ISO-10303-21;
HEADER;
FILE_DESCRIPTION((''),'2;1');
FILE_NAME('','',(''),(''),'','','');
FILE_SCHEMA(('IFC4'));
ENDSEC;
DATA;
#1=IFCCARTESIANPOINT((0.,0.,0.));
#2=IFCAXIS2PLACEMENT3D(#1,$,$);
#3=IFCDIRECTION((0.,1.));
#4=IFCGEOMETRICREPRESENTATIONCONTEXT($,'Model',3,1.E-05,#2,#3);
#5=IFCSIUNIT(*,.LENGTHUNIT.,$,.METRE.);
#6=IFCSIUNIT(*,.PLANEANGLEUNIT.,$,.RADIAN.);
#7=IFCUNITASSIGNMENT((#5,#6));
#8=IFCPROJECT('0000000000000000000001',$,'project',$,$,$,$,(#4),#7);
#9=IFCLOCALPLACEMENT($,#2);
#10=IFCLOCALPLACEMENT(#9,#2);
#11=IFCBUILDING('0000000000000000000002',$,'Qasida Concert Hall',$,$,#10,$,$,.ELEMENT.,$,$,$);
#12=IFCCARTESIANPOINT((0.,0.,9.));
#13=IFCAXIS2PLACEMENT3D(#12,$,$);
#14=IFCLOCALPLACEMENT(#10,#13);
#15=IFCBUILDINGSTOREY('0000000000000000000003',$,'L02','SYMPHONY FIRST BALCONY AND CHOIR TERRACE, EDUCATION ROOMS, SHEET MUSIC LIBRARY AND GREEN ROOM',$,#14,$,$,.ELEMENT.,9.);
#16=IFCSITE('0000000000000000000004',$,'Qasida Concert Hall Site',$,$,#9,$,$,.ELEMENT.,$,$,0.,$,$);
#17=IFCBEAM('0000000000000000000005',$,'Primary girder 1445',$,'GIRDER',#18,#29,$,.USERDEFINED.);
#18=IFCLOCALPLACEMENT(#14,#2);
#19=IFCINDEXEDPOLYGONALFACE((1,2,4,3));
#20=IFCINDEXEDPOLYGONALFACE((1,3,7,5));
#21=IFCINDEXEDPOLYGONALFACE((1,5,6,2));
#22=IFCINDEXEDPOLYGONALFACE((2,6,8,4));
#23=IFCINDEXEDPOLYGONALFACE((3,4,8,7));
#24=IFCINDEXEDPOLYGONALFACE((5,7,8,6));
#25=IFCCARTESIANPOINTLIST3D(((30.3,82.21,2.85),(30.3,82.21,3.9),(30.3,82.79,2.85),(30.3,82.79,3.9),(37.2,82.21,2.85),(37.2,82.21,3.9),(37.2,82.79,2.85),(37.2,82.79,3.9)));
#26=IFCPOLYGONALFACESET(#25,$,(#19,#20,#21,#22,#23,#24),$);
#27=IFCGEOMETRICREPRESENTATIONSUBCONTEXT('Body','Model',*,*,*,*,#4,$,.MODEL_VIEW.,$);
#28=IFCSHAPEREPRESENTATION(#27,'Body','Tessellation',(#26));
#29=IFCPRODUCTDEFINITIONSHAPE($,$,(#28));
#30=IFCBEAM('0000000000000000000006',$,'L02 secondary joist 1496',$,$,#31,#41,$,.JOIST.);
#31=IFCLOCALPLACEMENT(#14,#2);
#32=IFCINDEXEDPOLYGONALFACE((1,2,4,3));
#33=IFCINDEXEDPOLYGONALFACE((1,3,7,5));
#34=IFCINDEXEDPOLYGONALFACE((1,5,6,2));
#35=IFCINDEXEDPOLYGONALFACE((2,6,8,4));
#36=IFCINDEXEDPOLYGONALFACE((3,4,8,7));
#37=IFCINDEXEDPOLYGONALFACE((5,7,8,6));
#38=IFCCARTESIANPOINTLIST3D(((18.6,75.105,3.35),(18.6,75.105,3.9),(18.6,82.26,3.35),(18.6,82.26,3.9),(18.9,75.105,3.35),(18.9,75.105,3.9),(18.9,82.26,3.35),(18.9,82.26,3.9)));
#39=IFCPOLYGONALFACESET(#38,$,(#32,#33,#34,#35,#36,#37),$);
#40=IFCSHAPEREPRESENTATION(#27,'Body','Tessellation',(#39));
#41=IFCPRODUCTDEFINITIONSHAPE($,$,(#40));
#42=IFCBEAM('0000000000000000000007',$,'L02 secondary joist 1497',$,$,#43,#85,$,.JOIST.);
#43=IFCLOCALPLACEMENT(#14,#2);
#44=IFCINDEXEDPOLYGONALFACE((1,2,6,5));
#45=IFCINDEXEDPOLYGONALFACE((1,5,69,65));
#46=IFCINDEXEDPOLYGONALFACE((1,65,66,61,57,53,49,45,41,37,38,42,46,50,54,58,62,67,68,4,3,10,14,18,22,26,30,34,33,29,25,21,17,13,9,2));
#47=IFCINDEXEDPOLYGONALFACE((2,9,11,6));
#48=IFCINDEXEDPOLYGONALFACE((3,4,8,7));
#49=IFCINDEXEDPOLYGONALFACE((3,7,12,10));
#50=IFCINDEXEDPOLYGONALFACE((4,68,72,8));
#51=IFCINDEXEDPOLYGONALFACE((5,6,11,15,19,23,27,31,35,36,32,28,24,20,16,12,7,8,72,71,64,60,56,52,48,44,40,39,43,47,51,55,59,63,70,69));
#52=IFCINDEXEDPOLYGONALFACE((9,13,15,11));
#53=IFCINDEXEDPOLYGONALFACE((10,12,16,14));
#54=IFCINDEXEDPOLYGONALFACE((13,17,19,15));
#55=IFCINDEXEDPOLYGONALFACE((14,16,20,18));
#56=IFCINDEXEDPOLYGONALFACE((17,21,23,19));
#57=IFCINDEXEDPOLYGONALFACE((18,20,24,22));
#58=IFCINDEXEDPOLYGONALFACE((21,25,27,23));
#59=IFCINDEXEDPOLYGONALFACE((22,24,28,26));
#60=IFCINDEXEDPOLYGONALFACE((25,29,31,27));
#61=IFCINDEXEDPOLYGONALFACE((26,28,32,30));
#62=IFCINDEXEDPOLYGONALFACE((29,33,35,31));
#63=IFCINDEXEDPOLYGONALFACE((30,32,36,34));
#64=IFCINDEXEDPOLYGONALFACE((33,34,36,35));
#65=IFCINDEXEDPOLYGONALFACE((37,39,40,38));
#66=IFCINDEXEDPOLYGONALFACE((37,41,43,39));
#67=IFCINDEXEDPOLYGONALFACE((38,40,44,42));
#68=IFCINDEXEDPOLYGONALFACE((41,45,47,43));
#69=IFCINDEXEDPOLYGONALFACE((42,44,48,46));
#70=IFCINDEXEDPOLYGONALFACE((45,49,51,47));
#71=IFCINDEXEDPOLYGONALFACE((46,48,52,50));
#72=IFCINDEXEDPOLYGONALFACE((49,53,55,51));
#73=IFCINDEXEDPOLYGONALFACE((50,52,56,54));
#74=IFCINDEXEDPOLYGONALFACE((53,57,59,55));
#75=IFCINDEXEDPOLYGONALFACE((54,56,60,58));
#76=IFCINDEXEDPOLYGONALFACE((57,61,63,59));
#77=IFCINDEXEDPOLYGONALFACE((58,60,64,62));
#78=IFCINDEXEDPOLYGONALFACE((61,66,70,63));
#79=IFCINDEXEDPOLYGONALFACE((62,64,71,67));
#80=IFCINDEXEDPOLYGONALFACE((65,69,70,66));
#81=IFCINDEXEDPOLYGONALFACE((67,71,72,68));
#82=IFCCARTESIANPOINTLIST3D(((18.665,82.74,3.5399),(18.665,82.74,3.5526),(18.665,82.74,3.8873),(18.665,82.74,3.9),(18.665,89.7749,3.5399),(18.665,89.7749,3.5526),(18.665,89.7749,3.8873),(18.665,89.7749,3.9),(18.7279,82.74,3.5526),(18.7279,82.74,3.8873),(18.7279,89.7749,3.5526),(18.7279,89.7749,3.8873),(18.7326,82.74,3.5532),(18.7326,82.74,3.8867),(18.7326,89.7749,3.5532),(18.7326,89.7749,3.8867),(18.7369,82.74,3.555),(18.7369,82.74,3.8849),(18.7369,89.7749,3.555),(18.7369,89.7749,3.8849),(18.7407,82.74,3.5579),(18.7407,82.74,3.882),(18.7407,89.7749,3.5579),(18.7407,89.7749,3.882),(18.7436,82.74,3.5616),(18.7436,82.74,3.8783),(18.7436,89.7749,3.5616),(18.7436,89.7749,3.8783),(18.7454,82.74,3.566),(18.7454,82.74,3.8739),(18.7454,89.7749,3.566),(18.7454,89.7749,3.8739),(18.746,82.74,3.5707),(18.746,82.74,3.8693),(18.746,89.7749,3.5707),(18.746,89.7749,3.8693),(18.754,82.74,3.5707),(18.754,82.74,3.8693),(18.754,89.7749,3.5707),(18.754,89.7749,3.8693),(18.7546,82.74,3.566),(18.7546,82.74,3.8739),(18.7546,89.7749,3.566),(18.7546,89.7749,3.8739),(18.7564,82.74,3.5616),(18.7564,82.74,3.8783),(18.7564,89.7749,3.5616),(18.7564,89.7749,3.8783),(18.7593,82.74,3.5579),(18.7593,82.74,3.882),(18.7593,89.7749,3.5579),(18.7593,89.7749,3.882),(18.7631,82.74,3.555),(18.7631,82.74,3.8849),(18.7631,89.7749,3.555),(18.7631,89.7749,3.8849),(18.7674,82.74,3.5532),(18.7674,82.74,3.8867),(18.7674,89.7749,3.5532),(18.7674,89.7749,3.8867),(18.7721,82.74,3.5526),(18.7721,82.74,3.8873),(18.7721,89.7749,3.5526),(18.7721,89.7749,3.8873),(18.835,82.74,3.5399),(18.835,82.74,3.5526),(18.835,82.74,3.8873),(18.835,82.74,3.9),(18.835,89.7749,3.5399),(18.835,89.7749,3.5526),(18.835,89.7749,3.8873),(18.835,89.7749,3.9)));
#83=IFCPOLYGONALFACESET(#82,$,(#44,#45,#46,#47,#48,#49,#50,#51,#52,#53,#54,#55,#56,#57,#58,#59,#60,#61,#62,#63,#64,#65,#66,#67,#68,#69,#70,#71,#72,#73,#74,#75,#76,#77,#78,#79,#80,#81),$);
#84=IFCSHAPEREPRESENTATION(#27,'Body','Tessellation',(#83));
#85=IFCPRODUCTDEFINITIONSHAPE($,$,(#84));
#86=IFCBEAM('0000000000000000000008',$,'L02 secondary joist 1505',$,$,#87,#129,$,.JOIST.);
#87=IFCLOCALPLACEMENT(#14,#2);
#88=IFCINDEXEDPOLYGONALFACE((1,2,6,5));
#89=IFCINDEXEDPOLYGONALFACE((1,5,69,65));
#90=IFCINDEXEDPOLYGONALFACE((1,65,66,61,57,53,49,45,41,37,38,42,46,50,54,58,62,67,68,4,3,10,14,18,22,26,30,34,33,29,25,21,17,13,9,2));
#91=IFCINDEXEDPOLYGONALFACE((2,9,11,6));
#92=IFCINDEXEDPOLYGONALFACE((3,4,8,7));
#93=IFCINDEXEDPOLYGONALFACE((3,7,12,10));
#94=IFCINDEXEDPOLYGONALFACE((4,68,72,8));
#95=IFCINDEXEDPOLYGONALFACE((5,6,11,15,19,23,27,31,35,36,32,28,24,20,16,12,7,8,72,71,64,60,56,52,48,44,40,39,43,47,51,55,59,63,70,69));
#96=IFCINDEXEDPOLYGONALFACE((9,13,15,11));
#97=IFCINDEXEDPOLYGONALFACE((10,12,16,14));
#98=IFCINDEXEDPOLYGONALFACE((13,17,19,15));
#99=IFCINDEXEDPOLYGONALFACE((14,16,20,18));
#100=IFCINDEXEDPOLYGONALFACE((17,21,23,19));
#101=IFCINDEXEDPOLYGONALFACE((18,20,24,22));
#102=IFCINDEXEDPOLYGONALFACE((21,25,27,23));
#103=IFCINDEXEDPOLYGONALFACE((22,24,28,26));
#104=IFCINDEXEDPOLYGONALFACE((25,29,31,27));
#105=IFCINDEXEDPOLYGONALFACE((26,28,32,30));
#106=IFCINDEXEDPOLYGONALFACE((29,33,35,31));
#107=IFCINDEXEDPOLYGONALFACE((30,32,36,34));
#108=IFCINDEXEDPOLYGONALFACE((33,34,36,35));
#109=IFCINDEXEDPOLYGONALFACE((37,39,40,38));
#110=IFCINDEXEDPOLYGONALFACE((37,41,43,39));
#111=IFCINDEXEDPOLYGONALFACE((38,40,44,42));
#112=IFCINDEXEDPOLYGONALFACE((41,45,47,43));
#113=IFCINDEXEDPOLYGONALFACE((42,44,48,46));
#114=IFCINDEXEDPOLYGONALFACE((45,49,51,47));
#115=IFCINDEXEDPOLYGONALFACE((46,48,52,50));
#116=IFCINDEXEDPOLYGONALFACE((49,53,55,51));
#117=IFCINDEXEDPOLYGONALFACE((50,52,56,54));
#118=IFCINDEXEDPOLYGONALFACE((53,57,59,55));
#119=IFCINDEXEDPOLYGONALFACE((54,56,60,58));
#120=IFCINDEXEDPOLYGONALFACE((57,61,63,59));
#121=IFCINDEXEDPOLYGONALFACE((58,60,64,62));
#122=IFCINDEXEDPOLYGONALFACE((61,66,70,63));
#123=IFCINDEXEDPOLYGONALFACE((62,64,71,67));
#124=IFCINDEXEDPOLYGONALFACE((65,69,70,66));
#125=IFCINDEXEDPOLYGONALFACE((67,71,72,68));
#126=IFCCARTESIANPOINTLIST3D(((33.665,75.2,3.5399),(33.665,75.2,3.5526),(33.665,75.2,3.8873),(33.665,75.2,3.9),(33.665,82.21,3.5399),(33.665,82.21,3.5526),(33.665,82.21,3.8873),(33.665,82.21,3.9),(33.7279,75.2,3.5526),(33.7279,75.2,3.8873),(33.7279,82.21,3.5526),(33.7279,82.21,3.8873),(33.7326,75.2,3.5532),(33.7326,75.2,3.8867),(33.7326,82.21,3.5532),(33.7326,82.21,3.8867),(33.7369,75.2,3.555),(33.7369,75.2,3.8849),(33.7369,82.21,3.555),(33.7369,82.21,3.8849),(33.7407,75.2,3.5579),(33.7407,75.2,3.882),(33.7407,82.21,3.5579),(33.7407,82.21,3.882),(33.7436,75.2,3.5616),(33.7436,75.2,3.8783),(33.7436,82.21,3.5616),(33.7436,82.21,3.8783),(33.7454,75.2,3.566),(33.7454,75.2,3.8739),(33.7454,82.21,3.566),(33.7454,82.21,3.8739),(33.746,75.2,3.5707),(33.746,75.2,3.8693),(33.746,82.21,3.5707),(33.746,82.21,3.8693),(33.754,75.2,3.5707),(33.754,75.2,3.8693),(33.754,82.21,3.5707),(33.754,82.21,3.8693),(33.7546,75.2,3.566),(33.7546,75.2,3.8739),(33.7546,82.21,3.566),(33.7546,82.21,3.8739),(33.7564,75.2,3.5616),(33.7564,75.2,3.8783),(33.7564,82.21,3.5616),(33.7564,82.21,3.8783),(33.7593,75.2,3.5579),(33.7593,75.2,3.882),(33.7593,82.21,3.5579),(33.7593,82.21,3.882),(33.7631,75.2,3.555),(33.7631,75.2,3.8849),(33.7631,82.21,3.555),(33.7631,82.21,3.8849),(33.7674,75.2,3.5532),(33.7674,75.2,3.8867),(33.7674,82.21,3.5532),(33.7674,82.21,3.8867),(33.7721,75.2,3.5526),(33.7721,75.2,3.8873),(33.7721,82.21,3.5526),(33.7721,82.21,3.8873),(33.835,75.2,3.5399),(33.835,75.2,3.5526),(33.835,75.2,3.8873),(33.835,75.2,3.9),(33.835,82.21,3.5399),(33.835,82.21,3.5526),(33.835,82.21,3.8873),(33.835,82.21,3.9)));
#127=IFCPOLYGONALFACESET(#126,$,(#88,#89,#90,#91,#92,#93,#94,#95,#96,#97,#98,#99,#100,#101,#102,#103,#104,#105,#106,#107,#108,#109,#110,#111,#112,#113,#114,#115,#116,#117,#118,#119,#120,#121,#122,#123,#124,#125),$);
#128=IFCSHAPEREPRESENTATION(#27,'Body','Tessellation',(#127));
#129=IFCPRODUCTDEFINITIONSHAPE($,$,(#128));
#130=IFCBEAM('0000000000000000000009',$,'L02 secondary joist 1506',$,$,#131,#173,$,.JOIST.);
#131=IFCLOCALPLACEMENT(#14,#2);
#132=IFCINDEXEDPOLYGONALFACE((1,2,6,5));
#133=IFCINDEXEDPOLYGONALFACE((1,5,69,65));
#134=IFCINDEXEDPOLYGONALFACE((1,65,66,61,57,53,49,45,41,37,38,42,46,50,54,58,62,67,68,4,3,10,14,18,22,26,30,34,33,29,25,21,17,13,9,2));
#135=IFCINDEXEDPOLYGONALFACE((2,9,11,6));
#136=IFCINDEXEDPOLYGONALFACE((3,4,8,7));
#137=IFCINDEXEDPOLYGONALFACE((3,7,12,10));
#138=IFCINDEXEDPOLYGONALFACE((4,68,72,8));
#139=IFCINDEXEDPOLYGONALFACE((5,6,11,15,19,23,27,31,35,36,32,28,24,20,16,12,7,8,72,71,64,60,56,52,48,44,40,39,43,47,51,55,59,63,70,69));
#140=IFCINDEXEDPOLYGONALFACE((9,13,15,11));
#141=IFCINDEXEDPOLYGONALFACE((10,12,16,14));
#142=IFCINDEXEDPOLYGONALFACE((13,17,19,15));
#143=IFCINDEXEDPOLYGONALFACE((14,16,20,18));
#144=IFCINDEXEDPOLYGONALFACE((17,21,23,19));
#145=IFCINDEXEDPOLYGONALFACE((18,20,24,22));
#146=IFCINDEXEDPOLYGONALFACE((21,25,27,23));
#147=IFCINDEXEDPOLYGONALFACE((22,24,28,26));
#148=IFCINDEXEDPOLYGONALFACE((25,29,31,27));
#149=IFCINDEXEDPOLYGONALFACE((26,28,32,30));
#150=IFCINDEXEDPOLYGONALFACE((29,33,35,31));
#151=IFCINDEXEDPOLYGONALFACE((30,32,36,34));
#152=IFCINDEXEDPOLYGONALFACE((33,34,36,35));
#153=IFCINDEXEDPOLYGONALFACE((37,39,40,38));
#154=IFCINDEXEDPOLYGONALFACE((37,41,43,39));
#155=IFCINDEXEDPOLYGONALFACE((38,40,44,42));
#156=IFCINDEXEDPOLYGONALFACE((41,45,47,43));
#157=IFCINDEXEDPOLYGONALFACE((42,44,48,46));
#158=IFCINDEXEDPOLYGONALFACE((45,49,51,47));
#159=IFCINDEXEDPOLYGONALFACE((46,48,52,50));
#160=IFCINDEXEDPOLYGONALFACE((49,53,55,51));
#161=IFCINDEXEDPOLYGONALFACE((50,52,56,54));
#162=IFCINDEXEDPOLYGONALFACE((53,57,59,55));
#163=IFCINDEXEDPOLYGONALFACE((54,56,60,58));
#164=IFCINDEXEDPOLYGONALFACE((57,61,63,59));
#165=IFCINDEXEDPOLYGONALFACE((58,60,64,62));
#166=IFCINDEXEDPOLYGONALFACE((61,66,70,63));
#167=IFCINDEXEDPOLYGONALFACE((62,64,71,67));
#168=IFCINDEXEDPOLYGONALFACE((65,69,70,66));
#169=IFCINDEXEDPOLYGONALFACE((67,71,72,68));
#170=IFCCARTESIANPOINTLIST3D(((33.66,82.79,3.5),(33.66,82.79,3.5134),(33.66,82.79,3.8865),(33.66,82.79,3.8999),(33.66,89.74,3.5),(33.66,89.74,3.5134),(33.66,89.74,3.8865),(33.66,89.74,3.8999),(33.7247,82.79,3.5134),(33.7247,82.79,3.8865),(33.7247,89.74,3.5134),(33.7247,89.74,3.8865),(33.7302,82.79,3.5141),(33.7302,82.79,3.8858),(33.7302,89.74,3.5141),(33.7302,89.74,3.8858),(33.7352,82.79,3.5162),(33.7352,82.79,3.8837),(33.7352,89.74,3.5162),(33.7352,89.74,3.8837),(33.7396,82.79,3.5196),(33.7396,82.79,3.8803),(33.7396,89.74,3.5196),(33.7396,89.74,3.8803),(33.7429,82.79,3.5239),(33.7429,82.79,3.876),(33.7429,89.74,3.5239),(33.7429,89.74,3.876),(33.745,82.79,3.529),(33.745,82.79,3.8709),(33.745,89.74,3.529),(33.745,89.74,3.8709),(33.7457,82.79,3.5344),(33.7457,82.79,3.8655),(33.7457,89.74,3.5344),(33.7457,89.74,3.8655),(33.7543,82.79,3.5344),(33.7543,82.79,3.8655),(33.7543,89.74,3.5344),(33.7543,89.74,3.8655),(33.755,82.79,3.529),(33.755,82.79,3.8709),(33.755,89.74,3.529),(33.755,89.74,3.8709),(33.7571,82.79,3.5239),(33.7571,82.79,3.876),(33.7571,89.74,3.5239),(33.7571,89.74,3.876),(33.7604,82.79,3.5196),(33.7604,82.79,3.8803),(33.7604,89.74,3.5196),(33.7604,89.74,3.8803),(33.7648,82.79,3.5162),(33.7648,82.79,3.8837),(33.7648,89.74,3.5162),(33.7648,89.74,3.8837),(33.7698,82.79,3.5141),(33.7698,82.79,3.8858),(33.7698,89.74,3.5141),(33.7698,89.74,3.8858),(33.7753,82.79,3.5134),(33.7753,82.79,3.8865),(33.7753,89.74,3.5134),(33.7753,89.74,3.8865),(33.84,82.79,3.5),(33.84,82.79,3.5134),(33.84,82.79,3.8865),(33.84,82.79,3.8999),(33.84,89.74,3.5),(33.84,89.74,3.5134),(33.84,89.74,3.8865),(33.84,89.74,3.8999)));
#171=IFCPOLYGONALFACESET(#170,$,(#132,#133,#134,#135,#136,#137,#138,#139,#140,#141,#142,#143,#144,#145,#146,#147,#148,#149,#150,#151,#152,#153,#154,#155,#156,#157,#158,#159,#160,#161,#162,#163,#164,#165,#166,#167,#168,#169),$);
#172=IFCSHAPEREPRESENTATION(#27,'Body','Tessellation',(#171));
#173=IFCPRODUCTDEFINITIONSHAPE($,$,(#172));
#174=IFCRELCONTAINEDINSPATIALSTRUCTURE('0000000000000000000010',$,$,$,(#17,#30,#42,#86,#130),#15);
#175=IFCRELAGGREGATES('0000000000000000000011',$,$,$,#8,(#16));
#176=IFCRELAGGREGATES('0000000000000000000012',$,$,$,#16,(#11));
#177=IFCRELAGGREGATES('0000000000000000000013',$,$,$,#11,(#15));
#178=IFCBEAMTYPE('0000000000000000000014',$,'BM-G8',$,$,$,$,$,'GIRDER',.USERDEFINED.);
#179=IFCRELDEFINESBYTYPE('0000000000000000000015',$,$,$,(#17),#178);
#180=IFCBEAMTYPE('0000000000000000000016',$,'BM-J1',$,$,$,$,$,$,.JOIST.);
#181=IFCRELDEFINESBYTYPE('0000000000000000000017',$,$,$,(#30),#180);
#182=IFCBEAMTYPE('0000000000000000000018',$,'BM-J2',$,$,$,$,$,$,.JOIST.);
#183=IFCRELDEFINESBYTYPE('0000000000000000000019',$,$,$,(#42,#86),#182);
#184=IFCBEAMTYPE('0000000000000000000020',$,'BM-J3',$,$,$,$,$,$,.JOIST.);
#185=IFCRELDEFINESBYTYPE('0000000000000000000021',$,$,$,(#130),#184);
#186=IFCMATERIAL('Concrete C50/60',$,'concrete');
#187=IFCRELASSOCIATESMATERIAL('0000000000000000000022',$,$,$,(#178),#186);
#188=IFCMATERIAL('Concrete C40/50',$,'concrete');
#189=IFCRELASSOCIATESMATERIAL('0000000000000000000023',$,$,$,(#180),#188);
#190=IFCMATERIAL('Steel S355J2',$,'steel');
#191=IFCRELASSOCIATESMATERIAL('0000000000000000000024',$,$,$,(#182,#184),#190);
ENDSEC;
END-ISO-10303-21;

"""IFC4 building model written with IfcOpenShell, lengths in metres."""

from ifc_helpers import new_model, si_unit, direction, frame, origin, origin_2d, place, context, subcontext, project, spatial, rectangle, i_section, extrude, material, material_profile, profile_set, type_object, element, save


model = new_model("IFC4")

# Units and contexts
model_context = context("Model", 3, precision=1e-05, world=origin(), true_north=direction((0.0, 1.0)))
body_context = subcontext(model_context, "Body", "Model", "MODEL_VIEW")
ifc_project = project(units=[si_unit("LENGTHUNIT", "METRE"), si_unit("PLANEANGLEUNIT", "RADIAN")], contexts=[model_context])

# Site, building, storey
site_placement = place(None, origin())
site = spatial("IfcSite", under=ifc_project, at=site_placement, Name="Qasida Concert Hall Site", CompositionType="ELEMENT", RefElevation=0.0)
building_placement = place(site_placement, origin())
building = spatial("IfcBuilding", under=site, at=building_placement, Name="Qasida Concert Hall", CompositionType="ELEMENT")
storey_placement = place(building_placement, frame((0.0, 0.0, 9.0)))
storey = spatial("IfcBuildingStorey", under=building, at=storey_placement, Name="L02", Description="SYMPHONY FIRST BALCONY AND CHOIR TERRACE, EDUCATION ROOMS, SHEET MUSIC LIBRARY AND GREEN ROOM", CompositionType="ELEMENT", Elevation=9.0)

# Shared definitions
ifc_material_1 = material(Name="Concrete C50/60", Category="concrete")

# Beams
ifc_material_2 = material(Name="Concrete C40/50", Category="concrete")
ifc_material_3 = material(Name="Steel S355J2", Category="steel")
ifc_material_profile_1 = material_profile(ifc_material_1, rectangle(XDim=0.5801, YDim=1.05, at=origin_2d()), Name="RC 580x1050")
ifc_profile_set_1 = profile_set([ifc_material_profile_1], Name="Concrete C50/60")
beam_type_1 = type_object("IfcBeamType", Name="BM-G8", ElementType="GIRDER", PredefinedType="USERDEFINED", material=ifc_profile_set_1)
beam_1_placement = place(storey_placement, frame((30.3, 82.5, 3.375), z_axis=(1.0, 0.0, 0.0), x_axis=(0.0, 1.0, 0.0)))
element("IfcBeam", 1, at=beam_1_placement, inside=storey, type_object=beam_type_1, Name="Primary girder 1445", ObjectType="GIRDER", PredefinedType="USERDEFINED", context=body_context, shape_type="SweptSolid", body=[
    extrude(rectangle(XDim=0.5801, YDim=1.05, at=origin_2d()), origin(), (0.0, 0.0, 1.0), 6.8999),
])
ifc_material_profile_2 = material_profile(ifc_material_2, rectangle(XDim=0.3, YDim=0.55, at=origin_2d()), Name="RC 300x550")
ifc_profile_set_2 = profile_set([ifc_material_profile_2], Name="Concrete C40/50")
beam_type_2 = type_object("IfcBeamType", Name="BM-J1", PredefinedType="JOIST", material=ifc_profile_set_2)
beam_2_placement = place(storey_placement, frame((18.75, 75.105, 3.625), z_axis=(0.0, 1.0, 0.0), x_axis=(-1.0, 0.0, 0.0)))
element("IfcBeam", 2, at=beam_2_placement, inside=storey, type_object=beam_type_2, Name="L02 secondary joist 1496", PredefinedType="JOIST", context=body_context, shape_type="SweptSolid", body=[
    extrude(rectangle(XDim=0.3, YDim=0.55, at=origin_2d()), origin(), (0.0, 0.0, 1.0), 7.155),
])
ifc_material_profile_3 = material_profile(ifc_material_3, i_section(OverallWidth=0.1699, OverallDepth=0.3601, WebThickness=0.0081, FlangeThickness=0.0127, FilletRadius=0.0181, at=origin_2d()), Name="IPE 360")
ifc_profile_set_3 = profile_set([ifc_material_profile_3], Name="Steel S355J2")
beam_type_3 = type_object("IfcBeamType", Name="BM-J2", PredefinedType="JOIST", material=ifc_profile_set_3)
beam_3_placement = place(storey_placement, frame((18.75, 82.74, 3.72), z_axis=(0.0, 1.0, 0.0), x_axis=(-1.0, 0.0, 0.0)))
element("IfcBeam", 3, at=beam_3_placement, inside=storey, type_object=beam_type_3, Name="L02 secondary joist 1497", PredefinedType="JOIST", context=body_context, shape_type="SweptSolid", body=[
    extrude(i_section(OverallWidth=0.1699, OverallDepth=0.3601, WebThickness=0.0081, FlangeThickness=0.0127, FilletRadius=0.0181, at=origin_2d()), origin(), (0.0, 0.0, 1.0), 7.0349),
])
beam_4_placement = place(storey_placement, frame((33.75, 75.2, 3.72), z_axis=(0.0, 1.0, 0.0), x_axis=(-1.0, 0.0, 0.0)))
element("IfcBeam", 4, at=beam_4_placement, inside=storey, type_object=beam_type_3, Name="L02 secondary joist 1505", PredefinedType="JOIST", context=body_context, shape_type="SweptSolid", body=[
    extrude(i_section(OverallWidth=0.1699, OverallDepth=0.3601, WebThickness=0.0081, FlangeThickness=0.0127, FilletRadius=0.0181, at=origin_2d()), origin(), (0.0, 0.0, 1.0), 7.01),
])
ifc_material_profile_4 = material_profile(ifc_material_3, i_section(OverallWidth=0.1799, OverallDepth=0.3999, WebThickness=0.0085, FlangeThickness=0.0134, FilletRadius=0.021, at=origin_2d()), Name="IPE 400")
ifc_profile_set_4 = profile_set([ifc_material_profile_4], Name="Steel S355J2")
beam_type_4 = type_object("IfcBeamType", Name="BM-J3", PredefinedType="JOIST", material=ifc_profile_set_4)
beam_5_placement = place(storey_placement, frame((33.75, 82.79, 3.7), z_axis=(0.0, 1.0, 0.0), x_axis=(-1.0, 0.0, 0.0)))
element("IfcBeam", 5, at=beam_5_placement, inside=storey, type_object=beam_type_4, Name="L02 secondary joist 1506", PredefinedType="JOIST", context=body_context, shape_type="SweptSolid", body=[
    extrude(i_section(OverallWidth=0.1799, OverallDepth=0.3999, WebThickness=0.0085, FlangeThickness=0.0134, FilletRadius=0.021, at=origin_2d()), origin(), (0.0, 0.0, 1.0), 6.95),
])

save(model, "model.ifc")
